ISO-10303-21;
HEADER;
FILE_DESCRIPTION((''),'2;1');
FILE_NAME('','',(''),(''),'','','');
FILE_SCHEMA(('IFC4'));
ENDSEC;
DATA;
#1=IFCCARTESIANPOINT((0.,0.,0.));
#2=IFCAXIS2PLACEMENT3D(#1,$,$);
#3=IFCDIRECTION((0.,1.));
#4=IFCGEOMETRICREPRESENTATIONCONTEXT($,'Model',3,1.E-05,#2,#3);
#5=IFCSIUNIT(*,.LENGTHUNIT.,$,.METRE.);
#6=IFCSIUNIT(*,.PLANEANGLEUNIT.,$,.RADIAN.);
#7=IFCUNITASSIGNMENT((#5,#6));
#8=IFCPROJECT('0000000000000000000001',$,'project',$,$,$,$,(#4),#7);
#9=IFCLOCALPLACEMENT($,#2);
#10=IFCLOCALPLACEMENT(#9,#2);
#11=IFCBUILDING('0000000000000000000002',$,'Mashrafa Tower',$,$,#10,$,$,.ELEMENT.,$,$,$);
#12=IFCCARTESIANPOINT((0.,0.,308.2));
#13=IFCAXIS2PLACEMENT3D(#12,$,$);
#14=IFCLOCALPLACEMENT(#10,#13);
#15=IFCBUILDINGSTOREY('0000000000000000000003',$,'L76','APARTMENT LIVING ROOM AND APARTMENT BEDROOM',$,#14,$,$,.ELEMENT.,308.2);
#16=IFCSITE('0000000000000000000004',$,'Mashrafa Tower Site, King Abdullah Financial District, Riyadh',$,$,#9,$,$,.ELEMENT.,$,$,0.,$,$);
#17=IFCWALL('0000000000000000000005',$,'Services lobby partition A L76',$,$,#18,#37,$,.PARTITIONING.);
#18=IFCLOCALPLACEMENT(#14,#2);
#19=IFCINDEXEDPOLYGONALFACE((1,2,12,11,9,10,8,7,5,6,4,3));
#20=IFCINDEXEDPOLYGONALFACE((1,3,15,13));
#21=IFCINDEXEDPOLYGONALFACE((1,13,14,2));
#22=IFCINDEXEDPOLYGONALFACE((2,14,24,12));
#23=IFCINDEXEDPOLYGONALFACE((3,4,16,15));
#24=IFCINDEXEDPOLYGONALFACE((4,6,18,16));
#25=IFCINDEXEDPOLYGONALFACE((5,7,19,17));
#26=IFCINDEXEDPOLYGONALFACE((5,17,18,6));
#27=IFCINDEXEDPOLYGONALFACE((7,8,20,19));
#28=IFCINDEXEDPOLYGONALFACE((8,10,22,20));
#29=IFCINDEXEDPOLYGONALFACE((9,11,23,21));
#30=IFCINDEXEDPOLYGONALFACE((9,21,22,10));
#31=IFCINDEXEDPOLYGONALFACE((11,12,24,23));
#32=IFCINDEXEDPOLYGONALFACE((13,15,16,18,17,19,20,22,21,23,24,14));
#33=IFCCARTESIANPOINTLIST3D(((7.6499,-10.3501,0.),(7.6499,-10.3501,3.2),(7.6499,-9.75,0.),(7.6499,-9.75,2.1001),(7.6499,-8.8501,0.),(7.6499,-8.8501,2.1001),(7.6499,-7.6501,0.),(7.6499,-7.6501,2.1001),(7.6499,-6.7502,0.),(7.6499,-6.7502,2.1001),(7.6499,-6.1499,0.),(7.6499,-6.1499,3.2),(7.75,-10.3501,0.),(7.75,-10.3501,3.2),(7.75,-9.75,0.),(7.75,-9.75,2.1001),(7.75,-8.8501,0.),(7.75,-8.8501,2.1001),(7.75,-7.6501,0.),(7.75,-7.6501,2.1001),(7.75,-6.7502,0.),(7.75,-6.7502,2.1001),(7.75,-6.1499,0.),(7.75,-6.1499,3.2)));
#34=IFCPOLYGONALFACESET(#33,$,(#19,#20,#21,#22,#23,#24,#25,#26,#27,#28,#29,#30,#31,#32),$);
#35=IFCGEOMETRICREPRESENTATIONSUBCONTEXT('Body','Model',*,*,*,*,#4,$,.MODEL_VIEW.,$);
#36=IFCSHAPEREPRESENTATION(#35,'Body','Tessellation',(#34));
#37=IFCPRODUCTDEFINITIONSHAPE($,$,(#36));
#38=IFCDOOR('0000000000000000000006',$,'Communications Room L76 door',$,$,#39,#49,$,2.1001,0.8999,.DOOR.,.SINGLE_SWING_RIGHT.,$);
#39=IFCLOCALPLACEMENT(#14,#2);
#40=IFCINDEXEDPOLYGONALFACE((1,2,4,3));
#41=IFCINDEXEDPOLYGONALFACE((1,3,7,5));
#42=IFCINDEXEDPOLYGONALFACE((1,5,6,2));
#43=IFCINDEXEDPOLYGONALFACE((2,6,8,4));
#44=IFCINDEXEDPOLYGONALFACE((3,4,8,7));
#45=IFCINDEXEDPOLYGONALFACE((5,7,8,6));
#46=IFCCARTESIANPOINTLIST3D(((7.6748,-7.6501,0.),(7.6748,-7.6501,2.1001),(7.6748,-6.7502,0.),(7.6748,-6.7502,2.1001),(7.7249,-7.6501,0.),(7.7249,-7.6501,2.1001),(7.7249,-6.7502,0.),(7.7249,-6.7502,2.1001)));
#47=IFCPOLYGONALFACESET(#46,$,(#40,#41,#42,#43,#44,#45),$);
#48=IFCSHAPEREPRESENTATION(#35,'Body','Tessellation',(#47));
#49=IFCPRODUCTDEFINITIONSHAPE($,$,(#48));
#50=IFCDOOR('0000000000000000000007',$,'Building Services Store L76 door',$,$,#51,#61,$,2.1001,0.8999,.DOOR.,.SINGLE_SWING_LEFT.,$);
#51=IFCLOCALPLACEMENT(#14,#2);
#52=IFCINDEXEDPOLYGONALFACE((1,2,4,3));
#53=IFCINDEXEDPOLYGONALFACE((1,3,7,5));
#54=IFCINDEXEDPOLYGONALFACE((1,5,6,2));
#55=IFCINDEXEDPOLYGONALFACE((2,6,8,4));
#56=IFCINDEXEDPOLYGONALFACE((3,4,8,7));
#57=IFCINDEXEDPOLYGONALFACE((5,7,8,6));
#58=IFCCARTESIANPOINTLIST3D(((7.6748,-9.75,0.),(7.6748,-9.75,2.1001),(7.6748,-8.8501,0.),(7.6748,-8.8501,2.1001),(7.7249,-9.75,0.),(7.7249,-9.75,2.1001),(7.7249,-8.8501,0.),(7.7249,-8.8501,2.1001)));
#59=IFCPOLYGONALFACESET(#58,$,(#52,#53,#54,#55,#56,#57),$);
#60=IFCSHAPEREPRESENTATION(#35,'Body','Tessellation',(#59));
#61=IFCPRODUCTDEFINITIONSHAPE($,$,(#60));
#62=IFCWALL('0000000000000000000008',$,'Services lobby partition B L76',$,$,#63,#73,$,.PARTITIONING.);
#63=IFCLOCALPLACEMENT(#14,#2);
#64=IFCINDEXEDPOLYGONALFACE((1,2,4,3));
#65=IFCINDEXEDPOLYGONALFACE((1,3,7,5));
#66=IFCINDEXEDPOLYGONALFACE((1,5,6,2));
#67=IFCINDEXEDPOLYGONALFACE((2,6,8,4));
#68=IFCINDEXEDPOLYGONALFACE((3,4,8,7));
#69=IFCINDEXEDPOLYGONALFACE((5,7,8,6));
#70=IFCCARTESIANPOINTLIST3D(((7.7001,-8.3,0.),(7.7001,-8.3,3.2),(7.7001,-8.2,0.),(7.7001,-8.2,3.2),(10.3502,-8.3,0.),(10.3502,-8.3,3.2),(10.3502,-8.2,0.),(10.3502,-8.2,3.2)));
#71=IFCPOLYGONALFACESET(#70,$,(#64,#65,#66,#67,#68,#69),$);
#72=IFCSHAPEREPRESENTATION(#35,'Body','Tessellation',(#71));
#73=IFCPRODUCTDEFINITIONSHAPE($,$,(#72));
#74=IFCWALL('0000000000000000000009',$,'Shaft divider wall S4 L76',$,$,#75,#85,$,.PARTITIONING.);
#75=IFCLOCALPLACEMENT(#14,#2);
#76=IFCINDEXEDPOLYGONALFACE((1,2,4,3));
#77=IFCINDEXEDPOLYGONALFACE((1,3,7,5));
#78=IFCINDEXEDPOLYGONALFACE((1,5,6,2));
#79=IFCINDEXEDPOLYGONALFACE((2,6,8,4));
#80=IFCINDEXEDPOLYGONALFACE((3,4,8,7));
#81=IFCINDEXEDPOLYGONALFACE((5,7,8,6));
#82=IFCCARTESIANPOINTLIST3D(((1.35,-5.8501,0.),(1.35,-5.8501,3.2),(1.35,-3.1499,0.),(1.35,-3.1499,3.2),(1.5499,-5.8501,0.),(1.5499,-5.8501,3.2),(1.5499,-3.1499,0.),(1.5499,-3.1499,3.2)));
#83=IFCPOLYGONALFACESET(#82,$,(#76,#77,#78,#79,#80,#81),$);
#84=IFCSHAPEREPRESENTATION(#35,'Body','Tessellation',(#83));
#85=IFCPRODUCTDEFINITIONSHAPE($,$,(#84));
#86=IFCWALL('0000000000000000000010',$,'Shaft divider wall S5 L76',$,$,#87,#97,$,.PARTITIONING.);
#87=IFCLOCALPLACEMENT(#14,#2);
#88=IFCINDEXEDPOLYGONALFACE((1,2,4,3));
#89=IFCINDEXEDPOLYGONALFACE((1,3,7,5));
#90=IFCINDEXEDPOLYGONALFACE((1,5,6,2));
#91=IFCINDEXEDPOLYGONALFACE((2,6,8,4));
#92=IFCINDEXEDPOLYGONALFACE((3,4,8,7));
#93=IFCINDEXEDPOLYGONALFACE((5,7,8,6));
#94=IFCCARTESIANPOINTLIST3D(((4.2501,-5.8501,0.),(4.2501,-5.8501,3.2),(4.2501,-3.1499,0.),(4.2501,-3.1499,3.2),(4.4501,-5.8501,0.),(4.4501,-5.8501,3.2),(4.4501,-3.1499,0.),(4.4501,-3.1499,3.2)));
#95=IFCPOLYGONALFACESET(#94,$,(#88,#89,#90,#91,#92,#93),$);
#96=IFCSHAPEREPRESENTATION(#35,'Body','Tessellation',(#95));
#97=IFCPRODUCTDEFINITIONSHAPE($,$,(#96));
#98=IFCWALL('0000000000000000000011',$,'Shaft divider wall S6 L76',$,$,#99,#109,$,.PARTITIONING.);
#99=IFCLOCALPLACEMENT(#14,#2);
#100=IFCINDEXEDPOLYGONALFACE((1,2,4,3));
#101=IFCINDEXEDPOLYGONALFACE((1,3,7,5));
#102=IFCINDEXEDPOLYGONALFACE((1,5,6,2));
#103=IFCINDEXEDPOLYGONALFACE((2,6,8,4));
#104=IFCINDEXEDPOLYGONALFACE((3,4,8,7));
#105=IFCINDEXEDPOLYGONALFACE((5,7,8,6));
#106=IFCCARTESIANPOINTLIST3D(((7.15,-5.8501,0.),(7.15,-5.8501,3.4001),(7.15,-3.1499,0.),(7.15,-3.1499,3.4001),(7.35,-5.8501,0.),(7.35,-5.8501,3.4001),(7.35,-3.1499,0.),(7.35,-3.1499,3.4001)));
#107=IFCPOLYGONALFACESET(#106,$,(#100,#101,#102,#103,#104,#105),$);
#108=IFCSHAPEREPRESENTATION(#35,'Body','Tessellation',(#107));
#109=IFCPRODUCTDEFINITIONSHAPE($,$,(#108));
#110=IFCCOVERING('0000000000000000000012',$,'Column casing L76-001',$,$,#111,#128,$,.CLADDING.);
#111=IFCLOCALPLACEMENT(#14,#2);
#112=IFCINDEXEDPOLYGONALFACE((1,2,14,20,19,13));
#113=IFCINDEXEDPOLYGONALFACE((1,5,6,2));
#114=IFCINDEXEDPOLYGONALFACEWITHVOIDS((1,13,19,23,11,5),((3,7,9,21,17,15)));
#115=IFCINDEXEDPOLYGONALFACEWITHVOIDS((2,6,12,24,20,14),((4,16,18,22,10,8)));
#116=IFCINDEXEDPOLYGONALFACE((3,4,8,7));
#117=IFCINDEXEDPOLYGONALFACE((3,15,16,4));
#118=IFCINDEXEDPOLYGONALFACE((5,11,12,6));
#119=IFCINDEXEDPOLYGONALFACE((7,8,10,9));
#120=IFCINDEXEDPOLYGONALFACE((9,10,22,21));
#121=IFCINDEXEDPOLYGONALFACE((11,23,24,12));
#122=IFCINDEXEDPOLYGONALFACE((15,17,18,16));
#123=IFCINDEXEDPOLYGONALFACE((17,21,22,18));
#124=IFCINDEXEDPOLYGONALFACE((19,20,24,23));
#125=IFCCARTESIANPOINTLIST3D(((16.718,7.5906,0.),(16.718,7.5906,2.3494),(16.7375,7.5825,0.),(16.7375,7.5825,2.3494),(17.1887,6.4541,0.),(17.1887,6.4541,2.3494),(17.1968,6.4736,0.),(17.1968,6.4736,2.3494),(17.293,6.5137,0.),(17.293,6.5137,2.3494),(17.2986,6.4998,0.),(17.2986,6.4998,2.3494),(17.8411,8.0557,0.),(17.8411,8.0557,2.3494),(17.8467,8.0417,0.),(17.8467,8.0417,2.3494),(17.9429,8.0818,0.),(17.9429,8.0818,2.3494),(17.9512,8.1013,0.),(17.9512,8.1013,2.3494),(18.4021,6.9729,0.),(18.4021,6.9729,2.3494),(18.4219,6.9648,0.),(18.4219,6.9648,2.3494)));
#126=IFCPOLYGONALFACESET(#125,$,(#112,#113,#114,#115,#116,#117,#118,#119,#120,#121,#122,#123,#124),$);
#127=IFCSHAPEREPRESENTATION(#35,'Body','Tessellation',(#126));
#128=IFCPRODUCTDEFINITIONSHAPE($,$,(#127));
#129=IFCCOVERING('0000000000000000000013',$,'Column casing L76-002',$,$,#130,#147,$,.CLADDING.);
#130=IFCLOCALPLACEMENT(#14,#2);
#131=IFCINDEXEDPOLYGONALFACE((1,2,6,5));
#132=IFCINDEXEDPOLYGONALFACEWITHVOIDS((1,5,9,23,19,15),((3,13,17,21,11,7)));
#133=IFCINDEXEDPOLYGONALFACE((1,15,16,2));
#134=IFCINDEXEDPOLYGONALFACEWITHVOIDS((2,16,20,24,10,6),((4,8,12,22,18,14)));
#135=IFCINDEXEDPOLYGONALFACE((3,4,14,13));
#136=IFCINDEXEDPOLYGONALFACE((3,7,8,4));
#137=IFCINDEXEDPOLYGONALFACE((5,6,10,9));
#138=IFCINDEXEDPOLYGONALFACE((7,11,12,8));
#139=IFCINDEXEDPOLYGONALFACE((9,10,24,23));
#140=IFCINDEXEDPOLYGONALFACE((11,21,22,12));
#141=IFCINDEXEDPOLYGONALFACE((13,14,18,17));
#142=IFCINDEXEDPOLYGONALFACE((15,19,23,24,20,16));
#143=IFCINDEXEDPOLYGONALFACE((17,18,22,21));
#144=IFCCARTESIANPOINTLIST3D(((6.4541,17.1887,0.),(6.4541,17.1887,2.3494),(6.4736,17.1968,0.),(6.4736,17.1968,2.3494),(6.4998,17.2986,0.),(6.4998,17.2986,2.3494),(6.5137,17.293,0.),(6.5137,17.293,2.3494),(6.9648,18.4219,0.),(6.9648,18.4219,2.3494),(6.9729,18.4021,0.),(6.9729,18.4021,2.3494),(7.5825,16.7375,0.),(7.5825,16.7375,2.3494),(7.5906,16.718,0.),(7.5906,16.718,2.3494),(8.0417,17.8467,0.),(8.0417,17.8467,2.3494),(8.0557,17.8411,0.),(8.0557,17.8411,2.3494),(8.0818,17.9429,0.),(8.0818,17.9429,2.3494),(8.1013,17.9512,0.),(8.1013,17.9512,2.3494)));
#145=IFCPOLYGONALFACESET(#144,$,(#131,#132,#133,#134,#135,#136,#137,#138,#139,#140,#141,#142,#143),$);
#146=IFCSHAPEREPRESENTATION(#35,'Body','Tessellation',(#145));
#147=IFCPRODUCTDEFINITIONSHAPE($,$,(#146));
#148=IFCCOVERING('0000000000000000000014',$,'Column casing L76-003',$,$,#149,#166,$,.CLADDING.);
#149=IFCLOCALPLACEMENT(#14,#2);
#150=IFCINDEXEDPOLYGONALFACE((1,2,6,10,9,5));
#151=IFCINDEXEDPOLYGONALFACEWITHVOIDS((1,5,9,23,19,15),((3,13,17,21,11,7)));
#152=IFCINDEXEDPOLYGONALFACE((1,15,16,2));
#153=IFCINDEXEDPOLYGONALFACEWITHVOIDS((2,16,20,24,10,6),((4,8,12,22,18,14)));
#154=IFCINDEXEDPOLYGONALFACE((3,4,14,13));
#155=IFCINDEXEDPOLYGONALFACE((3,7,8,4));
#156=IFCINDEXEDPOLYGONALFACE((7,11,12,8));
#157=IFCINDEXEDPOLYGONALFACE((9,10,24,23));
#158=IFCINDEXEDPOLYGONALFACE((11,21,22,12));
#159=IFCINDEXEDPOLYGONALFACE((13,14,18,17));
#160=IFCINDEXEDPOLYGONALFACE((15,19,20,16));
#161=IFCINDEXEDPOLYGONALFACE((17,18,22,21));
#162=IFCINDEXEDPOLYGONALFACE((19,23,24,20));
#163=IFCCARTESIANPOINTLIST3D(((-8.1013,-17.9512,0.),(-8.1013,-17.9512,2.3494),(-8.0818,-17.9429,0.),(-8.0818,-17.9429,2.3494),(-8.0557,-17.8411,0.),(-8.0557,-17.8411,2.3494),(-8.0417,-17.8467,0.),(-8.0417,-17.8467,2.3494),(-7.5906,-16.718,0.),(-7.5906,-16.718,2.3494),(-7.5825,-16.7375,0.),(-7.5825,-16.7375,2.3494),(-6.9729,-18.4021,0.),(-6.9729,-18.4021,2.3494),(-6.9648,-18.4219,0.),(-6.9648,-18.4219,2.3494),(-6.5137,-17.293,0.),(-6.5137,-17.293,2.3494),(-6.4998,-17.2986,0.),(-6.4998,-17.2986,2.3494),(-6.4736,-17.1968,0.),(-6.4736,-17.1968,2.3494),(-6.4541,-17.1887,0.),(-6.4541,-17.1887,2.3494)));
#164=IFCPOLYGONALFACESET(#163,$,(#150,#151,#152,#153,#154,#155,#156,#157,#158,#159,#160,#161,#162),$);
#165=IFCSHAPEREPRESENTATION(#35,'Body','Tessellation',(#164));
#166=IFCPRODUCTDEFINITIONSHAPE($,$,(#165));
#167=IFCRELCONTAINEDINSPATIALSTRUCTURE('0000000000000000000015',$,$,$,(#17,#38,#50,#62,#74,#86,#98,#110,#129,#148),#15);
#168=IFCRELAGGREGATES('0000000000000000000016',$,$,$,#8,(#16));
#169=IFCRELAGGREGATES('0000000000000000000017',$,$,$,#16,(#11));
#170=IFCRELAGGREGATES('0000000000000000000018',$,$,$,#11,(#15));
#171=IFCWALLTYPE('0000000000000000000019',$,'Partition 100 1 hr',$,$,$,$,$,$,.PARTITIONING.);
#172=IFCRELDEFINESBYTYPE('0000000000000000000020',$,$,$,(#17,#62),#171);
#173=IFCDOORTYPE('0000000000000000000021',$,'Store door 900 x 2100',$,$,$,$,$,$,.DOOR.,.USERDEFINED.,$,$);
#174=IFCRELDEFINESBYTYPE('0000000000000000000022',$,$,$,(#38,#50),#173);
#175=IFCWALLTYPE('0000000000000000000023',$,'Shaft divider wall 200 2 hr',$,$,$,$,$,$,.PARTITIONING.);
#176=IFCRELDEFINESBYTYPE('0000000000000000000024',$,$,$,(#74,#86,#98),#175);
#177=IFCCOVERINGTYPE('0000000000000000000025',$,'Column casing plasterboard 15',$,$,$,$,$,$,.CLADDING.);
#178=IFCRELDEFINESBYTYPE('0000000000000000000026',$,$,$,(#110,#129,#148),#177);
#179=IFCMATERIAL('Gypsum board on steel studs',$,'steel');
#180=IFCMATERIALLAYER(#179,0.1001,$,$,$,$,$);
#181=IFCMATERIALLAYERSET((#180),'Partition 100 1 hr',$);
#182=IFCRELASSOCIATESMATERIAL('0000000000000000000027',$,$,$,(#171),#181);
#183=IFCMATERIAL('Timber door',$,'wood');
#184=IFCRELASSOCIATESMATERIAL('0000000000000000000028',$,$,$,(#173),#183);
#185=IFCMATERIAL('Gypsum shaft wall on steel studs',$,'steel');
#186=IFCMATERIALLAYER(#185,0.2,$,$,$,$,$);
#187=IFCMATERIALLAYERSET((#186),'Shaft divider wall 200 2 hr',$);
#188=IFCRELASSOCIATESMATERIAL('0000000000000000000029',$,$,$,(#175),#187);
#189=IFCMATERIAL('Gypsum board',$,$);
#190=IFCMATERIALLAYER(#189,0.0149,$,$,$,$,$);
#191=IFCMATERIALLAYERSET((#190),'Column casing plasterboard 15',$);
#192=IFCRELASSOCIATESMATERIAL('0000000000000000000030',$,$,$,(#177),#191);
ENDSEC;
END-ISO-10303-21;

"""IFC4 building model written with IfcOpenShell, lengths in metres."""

from ifc_helpers import new_model, si_unit, direction, frame, frame_2d, origin, place, context, subcontext, project, spatial, polyline, rectangle, outline, extrude, material, layer, layer_set, type_object, element, fill, save


model = new_model("IFC4")

# Units and contexts
model_context = context("Model", 3, precision=1e-05, world=origin(), true_north=direction((0.0, 1.0)))
body_context = subcontext(model_context, "Body", "Model", "MODEL_VIEW")
ifc_project = project(units=[si_unit("LENGTHUNIT", "METRE"), si_unit("PLANEANGLEUNIT", "RADIAN")], contexts=[model_context])

# Site, building, storey
site_placement = place(None, origin())
site = spatial("IfcSite", under=ifc_project, at=site_placement, Name="Mashrafa Tower Site, King Abdullah Financial District, Riyadh", CompositionType="ELEMENT", RefElevation=0.0)
building_placement = place(site_placement, origin())
building = spatial("IfcBuilding", under=site, at=building_placement, Name="Mashrafa Tower", CompositionType="ELEMENT")
storey_placement = place(building_placement, frame((0.0, 0.0, 308.2)))
storey = spatial("IfcBuildingStorey", under=building, at=storey_placement, Name="L76", Description="APARTMENT LIVING ROOM AND APARTMENT BEDROOM", CompositionType="ELEMENT", Elevation=308.2)

# Wall, openings, doors
ifc_material_1 = material(Name="Gypsum board on steel studs", Category="steel")
ifc_layer_1 = layer(ifc_material_1, 0.1001)
ifc_layer_set_1 = layer_set([ifc_layer_1], Name="Partition 100 1 hr")
wall_type_1 = type_object("IfcWallType", Name="Partition 100 1 hr", PredefinedType="PARTITIONING", material=ifc_layer_set_1)
wall_1_placement = place(storey_placement, frame((7.7, -10.3501, 0.0), z_axis=(0.0, 0.0, 1.0), x_axis=(0.0, 1.0, 0.0)))
wall_1 = element("IfcWall", 1, at=wall_1_placement, inside=storey, type_object=wall_type_1, Name="Services lobby partition A L76", PredefinedType="PARTITIONING", context=body_context, shape_type="SweptSolid", body=[
    extrude(rectangle(XDim=4.2002, YDim=0.1001, at=frame_2d((2.1001, 0.0))), origin(), (0.0, 0.0, 1.0), 3.2),
])
opening_1_placement = place(wall_1_placement, frame((2.7, 0.0, 0.0)))
opening_1 = element("IfcOpeningElement", 2, at=opening_1_placement, cuts=wall_1, PredefinedType="OPENING", context=body_context, shape_type="SweptSolid", body=[
    extrude(rectangle(XDim=0.8999, YDim=2.1001, at=frame_2d((0.45, 1.05))), frame((0.0, 0.0601, 0.0), z_axis=(0.0, -1.0, 0.0), x_axis=(1.0, 0.0, 0.0)), (0.0, 0.0, 1.0), 0.1201),
])
opening_2_placement = place(wall_1_placement, frame((0.6001, 0.0, 0.0)))
opening_2 = element("IfcOpeningElement", 3, at=opening_2_placement, cuts=wall_1, PredefinedType="OPENING", context=body_context, shape_type="SweptSolid", body=[
    extrude(rectangle(XDim=0.8999, YDim=2.1001, at=frame_2d((0.45, 1.05))), frame((0.0, 0.0601, 0.0), z_axis=(0.0, -1.0, 0.0), x_axis=(1.0, 0.0, 0.0)), (0.0, 0.0, 1.0), 0.1201),
])
ifc_material_2 = material(Name="Timber door", Category="wood")
door_type_1 = type_object("IfcDoorType", Name="Store door 900 x 2100", OperationType="USERDEFINED", PredefinedType="DOOR", material=ifc_material_2)
door_1_placement = place(opening_1_placement, frame((0.8999, 0.0, 0.0), z_axis=(0.0, 0.0, 1.0), x_axis=(-1.0, 0.0, 0.0)))
door_1 = element("IfcDoor", 4, at=door_1_placement, inside=storey, type_object=door_type_1, Name="Communications Room L76 door", OperationType="SINGLE_SWING_RIGHT", OverallHeight=2.1001, OverallWidth=0.8999, PredefinedType="DOOR", context=body_context, shape_type="SweptSolid", body=[
    extrude(rectangle(XDim=0.8999, YDim=2.1001, at=frame_2d((0.45, 1.05))), frame((0.0, 0.0249, 0.0), z_axis=(0.0, -1.0, 0.0), x_axis=(1.0, 0.0, 0.0)), (0.0, 0.0, 1.0), 0.05),
])
fill(opening_1, door_1)
door_2_placement = place(opening_2_placement, frame((0.8999, 0.0, 0.0), z_axis=(0.0, 0.0, 1.0), x_axis=(-1.0, 0.0, 0.0)))
door_2 = element("IfcDoor", 5, at=door_2_placement, inside=storey, type_object=door_type_1, Name="Building Services Store L76 door", OperationType="SINGLE_SWING_LEFT", OverallHeight=2.1001, OverallWidth=0.8999, PredefinedType="DOOR", context=body_context, shape_type="SweptSolid", body=[
    extrude(rectangle(XDim=0.8999, YDim=2.1001, at=frame_2d((0.45, 1.05))), frame((0.0, 0.0249, 0.0), z_axis=(0.0, -1.0, 0.0), x_axis=(1.0, 0.0, 0.0)), (0.0, 0.0, 1.0), 0.05),
])
fill(opening_2, door_2)

# Walls
wall_2_placement = place(storey_placement, frame((7.7, -8.25, 0.0), z_axis=(0.0, 0.0, 1.0), x_axis=(1.0, 0.0, 0.0)))
element("IfcWall", 6, at=wall_2_placement, inside=storey, type_object=wall_type_1, Name="Services lobby partition B L76", PredefinedType="PARTITIONING", context=body_context, shape_type="SweptSolid", body=[
    extrude(rectangle(XDim=2.6501, YDim=0.1001, at=frame_2d((1.3252, 0.0))), origin(), (0.0, 0.0, 1.0), 3.2),
])
ifc_material_3 = material(Name="Gypsum shaft wall on steel studs", Category="steel")
ifc_layer_2 = layer(ifc_material_3, 0.2)
ifc_layer_set_2 = layer_set([ifc_layer_2], Name="Shaft divider wall 200 2 hr")
wall_type_2 = type_object("IfcWallType", Name="Shaft divider wall 200 2 hr", PredefinedType="PARTITIONING", material=ifc_layer_set_2)
for number, where, z_axis, x_axis, name in (
    (7, (1.45, -5.8501, 0.0), (0.0, 0.0, 1.0), (0.0, 1.0, 0.0), "Shaft divider wall S4 L76"),
    (8, (4.3501, -5.8501, 0.0), (0.0, 0.0, 1.0), (0.0, 1.0, 0.0), "Shaft divider wall S5 L76"),
):
    element("IfcWall", number, at=place(storey_placement, frame(where, z_axis=z_axis, x_axis=x_axis)), inside=storey, type_object=wall_type_2, Name=name, PredefinedType="PARTITIONING", context=body_context, shape_type="SweptSolid", body=[
        extrude(rectangle(XDim=2.7002, YDim=0.2, at=frame_2d((1.3501, 0.0))), origin(), (0.0, 0.0, 1.0), 3.2),
    ])
wall_3_placement = place(storey_placement, frame((7.25, -5.8501, 0.0), z_axis=(0.0, 0.0, 1.0), x_axis=(0.0, 1.0, 0.0)))
element("IfcWall", 9, at=wall_3_placement, inside=storey, type_object=wall_type_2, Name="Shaft divider wall S6 L76", PredefinedType="PARTITIONING", context=body_context, shape_type="SweptSolid", body=[
    extrude(rectangle(XDim=2.7002, YDim=0.2, at=frame_2d((1.3501, 0.0))), origin(), (0.0, 0.0, 1.0), 3.4001),
])

# Coverings
ifc_material_4 = material(Name="Gypsum board")
ifc_layer_3 = layer(ifc_material_4, 0.0149)
ifc_layer_set_3 = layer_set([ifc_layer_3], Name="Column casing plasterboard 15")
covering_type = type_object("IfcCoveringType", Name="Column casing plasterboard 15", PredefinedType="CLADDING", material=ifc_layer_set_3)
covering_1_placement = place(storey_placement, origin())
element("IfcCovering", 10, at=covering_1_placement, inside=storey, type_object=covering_type, Name="Column casing L76-001", PredefinedType="CLADDING", context=body_context, shape_type="SweptSolid", body=[
    extrude(outline(polyline([(16.718, 7.5906), (17.8411, 8.0557), (17.9512, 8.1013), (18.4219, 6.9648), (17.2986, 6.4998), (17.1887, 6.4541), (16.718, 7.5906)]), holes=[polyline([(17.293, 6.5137), (18.4021, 6.9729), (17.9429, 8.0818), (17.8467, 8.0417), (16.7375, 7.5825), (17.1968, 6.4736), (17.293, 6.5137)])]), origin(), (0.0, 0.0, 1.0), 2.3494),
])
covering_2_placement = place(storey_placement, origin())
element("IfcCovering", 11, at=covering_2_placement, inside=storey, type_object=covering_type, Name="Column casing L76-002", PredefinedType="CLADDING", context=body_context, shape_type="SweptSolid", body=[
    extrude(outline(polyline([(6.4541, 17.1887), (6.4998, 17.2986), (6.9648, 18.4219), (8.1013, 17.9512), (8.0557, 17.8411), (7.5906, 16.718), (6.4541, 17.1887)]), holes=[polyline([(8.0417, 17.8467), (8.0818, 17.9429), (6.9729, 18.4021), (6.5137, 17.293), (6.4736, 17.1968), (7.5825, 16.7375), (8.0417, 17.8467)])]), origin(), (0.0, 0.0, 1.0), 2.3494),
])
covering_3_placement = place(storey_placement, origin())
element("IfcCovering", 12, at=covering_3_placement, inside=storey, type_object=covering_type, Name="Column casing L76-003", PredefinedType="CLADDING", context=body_context, shape_type="SweptSolid", body=[
    extrude(outline(polyline([(-8.1013, -17.9512), (-8.0557, -17.8411), (-7.5906, -16.718), (-6.4541, -17.1887), (-6.4998, -17.2986), (-6.9648, -18.4219), (-8.1013, -17.9512)]), holes=[polyline([(-6.5137, -17.293), (-6.4736, -17.1968), (-7.5825, -16.7375), (-8.0417, -17.8467), (-8.0818, -17.9429), (-6.9729, -18.4021), (-6.5137, -17.293)])]), origin(), (0.0, 0.0, 1.0), 2.3494),
])

save(model, "model.ifc")
